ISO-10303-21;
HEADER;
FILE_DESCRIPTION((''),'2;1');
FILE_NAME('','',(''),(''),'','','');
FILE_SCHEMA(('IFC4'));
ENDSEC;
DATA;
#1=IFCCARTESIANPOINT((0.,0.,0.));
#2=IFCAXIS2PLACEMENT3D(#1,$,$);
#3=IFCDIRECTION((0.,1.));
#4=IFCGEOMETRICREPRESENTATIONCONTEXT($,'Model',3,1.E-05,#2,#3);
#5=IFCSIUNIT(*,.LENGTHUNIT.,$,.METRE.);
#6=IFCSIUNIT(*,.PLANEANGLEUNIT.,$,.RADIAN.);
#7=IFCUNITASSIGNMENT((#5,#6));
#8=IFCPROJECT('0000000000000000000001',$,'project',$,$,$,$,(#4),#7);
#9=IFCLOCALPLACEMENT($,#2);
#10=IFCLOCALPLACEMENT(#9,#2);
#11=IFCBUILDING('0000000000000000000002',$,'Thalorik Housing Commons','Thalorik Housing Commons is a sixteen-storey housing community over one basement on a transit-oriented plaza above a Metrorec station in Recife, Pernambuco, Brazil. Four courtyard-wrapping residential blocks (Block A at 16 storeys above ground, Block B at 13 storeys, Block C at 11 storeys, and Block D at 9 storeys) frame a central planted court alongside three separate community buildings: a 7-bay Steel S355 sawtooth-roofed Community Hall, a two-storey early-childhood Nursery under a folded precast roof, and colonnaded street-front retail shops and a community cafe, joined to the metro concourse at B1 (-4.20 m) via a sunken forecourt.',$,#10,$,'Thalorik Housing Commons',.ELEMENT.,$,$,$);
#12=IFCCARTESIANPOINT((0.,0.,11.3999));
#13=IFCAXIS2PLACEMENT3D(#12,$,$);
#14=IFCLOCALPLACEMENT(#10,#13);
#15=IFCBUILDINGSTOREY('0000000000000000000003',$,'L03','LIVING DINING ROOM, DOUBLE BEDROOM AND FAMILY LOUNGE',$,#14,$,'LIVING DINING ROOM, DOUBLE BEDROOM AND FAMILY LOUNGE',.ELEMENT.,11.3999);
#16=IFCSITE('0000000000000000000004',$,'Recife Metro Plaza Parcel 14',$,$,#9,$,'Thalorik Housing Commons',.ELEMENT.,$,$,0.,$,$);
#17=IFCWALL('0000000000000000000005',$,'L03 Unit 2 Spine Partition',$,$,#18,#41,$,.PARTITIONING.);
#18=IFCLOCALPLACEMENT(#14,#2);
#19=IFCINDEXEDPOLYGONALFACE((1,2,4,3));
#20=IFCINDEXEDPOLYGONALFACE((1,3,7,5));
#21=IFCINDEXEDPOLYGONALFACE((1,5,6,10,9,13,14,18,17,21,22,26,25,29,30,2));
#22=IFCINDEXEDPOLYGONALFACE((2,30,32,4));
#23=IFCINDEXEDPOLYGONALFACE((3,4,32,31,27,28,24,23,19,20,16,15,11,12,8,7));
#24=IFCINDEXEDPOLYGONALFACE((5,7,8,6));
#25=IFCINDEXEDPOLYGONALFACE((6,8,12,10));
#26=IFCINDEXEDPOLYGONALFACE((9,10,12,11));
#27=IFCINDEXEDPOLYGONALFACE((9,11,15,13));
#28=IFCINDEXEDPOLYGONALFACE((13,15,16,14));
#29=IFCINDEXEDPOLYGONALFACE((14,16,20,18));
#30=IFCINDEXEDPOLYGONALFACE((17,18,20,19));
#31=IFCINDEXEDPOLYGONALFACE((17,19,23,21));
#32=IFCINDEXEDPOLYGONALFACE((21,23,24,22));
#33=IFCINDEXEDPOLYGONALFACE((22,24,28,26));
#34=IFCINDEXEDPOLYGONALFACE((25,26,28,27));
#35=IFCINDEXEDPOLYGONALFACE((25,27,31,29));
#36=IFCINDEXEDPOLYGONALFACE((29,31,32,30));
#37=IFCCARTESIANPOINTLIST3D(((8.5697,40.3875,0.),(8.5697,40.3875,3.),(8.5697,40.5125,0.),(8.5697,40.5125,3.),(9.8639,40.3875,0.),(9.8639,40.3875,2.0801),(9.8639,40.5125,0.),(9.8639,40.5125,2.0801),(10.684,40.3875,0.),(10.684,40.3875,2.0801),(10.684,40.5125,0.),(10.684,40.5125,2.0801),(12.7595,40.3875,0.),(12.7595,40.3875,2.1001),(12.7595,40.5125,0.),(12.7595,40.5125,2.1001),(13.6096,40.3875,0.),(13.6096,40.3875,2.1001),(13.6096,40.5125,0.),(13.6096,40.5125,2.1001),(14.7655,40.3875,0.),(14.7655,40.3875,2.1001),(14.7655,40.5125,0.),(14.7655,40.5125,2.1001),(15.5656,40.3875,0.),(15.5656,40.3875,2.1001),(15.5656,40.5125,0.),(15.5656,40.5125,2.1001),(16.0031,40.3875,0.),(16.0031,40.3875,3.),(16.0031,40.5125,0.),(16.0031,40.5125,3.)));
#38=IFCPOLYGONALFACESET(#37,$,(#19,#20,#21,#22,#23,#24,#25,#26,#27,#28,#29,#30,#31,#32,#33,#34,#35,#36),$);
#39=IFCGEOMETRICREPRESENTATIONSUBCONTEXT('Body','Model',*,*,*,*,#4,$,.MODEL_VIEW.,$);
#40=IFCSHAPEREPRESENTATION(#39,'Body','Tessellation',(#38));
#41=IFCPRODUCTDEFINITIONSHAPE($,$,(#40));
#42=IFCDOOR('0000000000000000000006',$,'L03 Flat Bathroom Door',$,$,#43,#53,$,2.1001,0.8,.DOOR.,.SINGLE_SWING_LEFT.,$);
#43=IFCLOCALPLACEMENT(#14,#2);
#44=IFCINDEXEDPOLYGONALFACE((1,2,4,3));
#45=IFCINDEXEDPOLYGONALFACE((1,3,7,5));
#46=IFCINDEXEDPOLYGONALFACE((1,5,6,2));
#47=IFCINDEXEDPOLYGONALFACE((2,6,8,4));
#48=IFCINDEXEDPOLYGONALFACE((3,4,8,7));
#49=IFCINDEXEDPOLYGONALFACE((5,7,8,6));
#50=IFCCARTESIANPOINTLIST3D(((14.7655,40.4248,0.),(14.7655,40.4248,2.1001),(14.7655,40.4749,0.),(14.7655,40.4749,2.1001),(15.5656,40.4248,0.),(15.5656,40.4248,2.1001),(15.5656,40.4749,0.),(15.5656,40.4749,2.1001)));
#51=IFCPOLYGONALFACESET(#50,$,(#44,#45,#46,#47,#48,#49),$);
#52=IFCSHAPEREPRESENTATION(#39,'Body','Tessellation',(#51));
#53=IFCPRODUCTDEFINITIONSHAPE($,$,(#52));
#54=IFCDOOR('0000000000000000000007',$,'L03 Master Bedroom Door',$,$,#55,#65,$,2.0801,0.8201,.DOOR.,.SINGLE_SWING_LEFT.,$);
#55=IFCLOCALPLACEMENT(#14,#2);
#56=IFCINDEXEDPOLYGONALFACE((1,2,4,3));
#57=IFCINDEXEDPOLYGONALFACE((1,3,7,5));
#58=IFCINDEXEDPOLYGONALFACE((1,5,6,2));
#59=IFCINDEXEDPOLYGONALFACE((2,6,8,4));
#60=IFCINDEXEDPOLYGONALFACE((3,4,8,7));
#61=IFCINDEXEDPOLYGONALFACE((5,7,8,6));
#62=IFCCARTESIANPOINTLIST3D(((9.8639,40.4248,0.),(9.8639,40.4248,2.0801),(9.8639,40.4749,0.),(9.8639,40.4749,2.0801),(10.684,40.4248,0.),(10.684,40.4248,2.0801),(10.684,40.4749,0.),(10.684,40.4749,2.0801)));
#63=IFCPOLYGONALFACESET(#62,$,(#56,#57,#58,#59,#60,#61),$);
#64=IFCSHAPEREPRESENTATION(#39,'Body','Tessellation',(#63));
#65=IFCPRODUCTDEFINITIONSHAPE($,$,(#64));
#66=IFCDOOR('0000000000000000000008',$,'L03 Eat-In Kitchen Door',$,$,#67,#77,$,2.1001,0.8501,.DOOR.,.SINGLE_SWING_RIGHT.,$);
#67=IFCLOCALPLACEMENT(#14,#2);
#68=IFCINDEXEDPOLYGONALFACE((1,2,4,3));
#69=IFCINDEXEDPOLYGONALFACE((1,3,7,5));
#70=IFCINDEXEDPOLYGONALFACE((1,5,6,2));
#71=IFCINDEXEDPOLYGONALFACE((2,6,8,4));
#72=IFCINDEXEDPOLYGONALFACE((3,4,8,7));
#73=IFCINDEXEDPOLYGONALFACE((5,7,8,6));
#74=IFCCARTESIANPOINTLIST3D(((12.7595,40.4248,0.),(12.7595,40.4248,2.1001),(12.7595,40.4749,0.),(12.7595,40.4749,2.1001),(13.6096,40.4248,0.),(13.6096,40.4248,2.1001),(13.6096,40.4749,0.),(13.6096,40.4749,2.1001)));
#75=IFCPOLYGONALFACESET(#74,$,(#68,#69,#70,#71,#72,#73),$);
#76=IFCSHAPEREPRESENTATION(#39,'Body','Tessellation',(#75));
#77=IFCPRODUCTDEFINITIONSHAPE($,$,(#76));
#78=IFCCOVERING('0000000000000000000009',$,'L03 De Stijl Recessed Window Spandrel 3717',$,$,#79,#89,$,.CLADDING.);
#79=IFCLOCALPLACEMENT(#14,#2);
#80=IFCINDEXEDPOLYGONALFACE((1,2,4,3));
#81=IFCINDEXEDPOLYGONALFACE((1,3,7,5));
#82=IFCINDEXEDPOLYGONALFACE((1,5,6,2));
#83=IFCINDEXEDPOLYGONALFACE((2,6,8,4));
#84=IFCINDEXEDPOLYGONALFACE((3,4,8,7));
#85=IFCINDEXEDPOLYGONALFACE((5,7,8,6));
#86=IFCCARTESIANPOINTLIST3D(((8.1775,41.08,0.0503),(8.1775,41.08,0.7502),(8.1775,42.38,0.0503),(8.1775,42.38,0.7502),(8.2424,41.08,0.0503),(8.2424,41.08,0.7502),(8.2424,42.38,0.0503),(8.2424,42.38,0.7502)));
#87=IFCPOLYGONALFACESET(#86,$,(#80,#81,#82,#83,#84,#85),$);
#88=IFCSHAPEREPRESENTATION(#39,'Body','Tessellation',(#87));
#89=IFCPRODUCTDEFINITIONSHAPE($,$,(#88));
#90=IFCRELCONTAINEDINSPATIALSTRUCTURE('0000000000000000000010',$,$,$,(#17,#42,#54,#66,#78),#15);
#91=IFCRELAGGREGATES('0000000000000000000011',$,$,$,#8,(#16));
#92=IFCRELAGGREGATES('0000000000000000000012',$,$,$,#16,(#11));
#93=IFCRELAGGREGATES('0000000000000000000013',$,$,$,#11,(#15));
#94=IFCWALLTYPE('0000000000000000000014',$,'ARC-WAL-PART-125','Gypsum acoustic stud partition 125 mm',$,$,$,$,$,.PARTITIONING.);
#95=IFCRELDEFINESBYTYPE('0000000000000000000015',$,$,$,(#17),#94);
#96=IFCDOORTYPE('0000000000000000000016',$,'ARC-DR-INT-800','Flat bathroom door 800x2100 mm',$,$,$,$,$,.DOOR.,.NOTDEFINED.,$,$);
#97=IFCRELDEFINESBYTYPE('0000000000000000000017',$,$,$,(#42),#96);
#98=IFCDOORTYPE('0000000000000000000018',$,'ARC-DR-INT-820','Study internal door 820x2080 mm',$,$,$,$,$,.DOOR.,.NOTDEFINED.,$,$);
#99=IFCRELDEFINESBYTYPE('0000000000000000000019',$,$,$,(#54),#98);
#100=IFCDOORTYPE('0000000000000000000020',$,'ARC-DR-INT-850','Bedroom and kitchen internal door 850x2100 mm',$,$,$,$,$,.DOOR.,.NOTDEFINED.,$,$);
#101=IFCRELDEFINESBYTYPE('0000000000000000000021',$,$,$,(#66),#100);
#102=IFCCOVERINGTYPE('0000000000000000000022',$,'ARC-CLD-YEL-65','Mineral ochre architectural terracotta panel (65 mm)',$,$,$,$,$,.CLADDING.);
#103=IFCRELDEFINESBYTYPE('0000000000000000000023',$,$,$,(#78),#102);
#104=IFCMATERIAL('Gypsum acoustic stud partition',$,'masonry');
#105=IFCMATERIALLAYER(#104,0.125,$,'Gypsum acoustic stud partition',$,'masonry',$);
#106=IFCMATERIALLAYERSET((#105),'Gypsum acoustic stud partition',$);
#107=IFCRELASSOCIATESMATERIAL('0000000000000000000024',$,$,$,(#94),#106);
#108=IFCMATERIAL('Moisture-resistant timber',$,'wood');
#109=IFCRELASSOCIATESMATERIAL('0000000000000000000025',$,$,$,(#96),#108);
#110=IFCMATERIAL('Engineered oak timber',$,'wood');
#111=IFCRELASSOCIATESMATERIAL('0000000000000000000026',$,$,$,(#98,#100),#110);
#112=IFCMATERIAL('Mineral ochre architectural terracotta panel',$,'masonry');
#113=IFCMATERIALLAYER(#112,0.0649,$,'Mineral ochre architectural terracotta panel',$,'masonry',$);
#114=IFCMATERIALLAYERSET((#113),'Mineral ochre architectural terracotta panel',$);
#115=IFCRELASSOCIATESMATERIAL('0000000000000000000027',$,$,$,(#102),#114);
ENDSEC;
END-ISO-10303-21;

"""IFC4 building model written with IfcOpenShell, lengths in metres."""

from ifc_helpers import new_model, si_unit, direction, frame, frame_2d, origin, origin_2d, place, context, subcontext, project, spatial, rectangle, extrude, material, layer, layer_set, type_object, element, fill, save


model = new_model("IFC4")

# Units and contexts
model_context = context("Model", 3, precision=1e-05, world=origin(), true_north=direction((0.0, 1.0)))
body_context = subcontext(model_context, "Body", "Model", "MODEL_VIEW")
ifc_project = project(units=[si_unit("LENGTHUNIT", "METRE"), si_unit("PLANEANGLEUNIT", "RADIAN")], contexts=[model_context])

# Site, building, storey
site_placement = place(None, origin())
site = spatial("IfcSite", under=ifc_project, at=site_placement, Name="Recife Metro Plaza Parcel 14", LongName="Thalorik Housing Commons", CompositionType="ELEMENT", RefElevation=0.0)
building_placement = place(site_placement, origin())
building = spatial("IfcBuilding", under=site, at=building_placement, Name="Thalorik Housing Commons", Description="Thalorik Housing Commons is a sixteen-storey housing community over one basement on a transit-oriented plaza above a Metrorec station in Recife, Pernambuco, Brazil. Four courtyard-wrapping residential blocks (Block A at 16 storeys above ground, Block B at 13 storeys, Block C at 11 storeys, and Block D at 9 storeys) frame a central planted court alongside three separate community buildings: a 7-bay Steel S355 sawtooth-roofed Community Hall, a two-storey early-childhood Nursery under a folded precast roof, and colonnaded street-front retail shops and a community cafe, joined to the metro concourse at B1 (-4.20 m) via a sunken forecourt.", LongName="Thalorik Housing Commons", CompositionType="ELEMENT")
storey_placement = place(building_placement, frame((0.0, 0.0, 11.3999)))
storey = spatial("IfcBuildingStorey", under=building, at=storey_placement, Name="L03", Description="LIVING DINING ROOM, DOUBLE BEDROOM AND FAMILY LOUNGE", LongName="LIVING DINING ROOM, DOUBLE BEDROOM AND FAMILY LOUNGE", CompositionType="ELEMENT", Elevation=11.3999)

# Wall, openings, doors
ifc_material_1 = material(Name="Gypsum acoustic stud partition", Category="masonry")
ifc_layer_1 = layer(ifc_material_1, 0.125, Name="Gypsum acoustic stud partition", Category="masonry")
ifc_layer_set_1 = layer_set([ifc_layer_1], Name="Gypsum acoustic stud partition")
wall_type_1 = type_object("IfcWallType", Name="ARC-WAL-PART-125", Description="Gypsum acoustic stud partition 125 mm", PredefinedType="PARTITIONING", material=ifc_layer_set_1)
wall_1_placement = place(storey_placement, frame((8.5696, 40.45, 0.0), z_axis=(0.0, 0.0, 1.0), x_axis=(1.0, 0.0, 0.0)))
wall_1 = element("IfcWall", 1, at=wall_1_placement, inside=storey, type_object=wall_type_1, Name="L03 Unit 2 Spine Partition", PredefinedType="PARTITIONING", context=body_context, shape_type="SweptSolid", body=[
    extrude(rectangle(XDim=7.4333, YDim=0.125, at=frame_2d((3.7168, 0.0))), origin(), (0.0, 0.0, 1.0), 3.0),
])
opening_1_placement = place(wall_1_placement, frame((1.2942, 0.0, 0.0)))
opening_1 = element("IfcOpeningElement", 2, at=opening_1_placement, cuts=wall_1, PredefinedType="OPENING", context=body_context, shape_type="SweptSolid", body=[
    extrude(rectangle(XDim=0.8201, YDim=2.0801, at=frame_2d((0.4102, 1.04))), frame((0.0, 0.0725, 0.0), z_axis=(0.0, -1.0, 0.0), x_axis=(1.0, 0.0, 0.0)), (0.0, 0.0, 1.0), 0.145),
])
opening_2_placement = place(wall_1_placement, frame((4.1899, 0.0, 0.0)))
opening_2 = element("IfcOpeningElement", 3, at=opening_2_placement, cuts=wall_1, PredefinedType="OPENING", context=body_context, shape_type="SweptSolid", body=[
    extrude(rectangle(XDim=0.8501, YDim=2.1001, at=frame_2d((0.425, 1.05))), frame((0.0, 0.0725, 0.0), z_axis=(0.0, -1.0, 0.0), x_axis=(1.0, 0.0, 0.0)), (0.0, 0.0, 1.0), 0.145),
])
opening_3_placement = place(wall_1_placement, frame((6.196, 0.0, 0.0)))
opening_3 = element("IfcOpeningElement", 4, at=opening_3_placement, cuts=wall_1, PredefinedType="OPENING", context=body_context, shape_type="SweptSolid", body=[
    extrude(rectangle(XDim=0.8, YDim=2.1001, at=frame_2d((0.3999, 1.05))), frame((0.0, 0.0725, 0.0), z_axis=(0.0, -1.0, 0.0), x_axis=(1.0, 0.0, 0.0)), (0.0, 0.0, 1.0), 0.145),
])
ifc_material_2 = material(Name="Moisture-resistant timber", Category="wood")
door_type_1 = type_object("IfcDoorType", Name="ARC-DR-INT-800", Description="Flat bathroom door 800x2100 mm", OperationType="NOTDEFINED", PredefinedType="DOOR", material=ifc_material_2)
door_1_placement = place(opening_3_placement, origin())
door_1 = element("IfcDoor", 5, at=door_1_placement, inside=storey, type_object=door_type_1, Name="L03 Flat Bathroom Door", OperationType="SINGLE_SWING_LEFT", OverallHeight=2.1001, OverallWidth=0.8, PredefinedType="DOOR", context=body_context, shape_type="SweptSolid", body=[
    extrude(rectangle(XDim=0.8, YDim=2.1001, at=frame_2d((0.3999, 1.05))), frame((0.0, 0.0249, 0.0), z_axis=(0.0, -1.0, 0.0), x_axis=(1.0, 0.0, 0.0)), (0.0, 0.0, 1.0), 0.05),
])
fill(opening_3, door_1)
ifc_material_3 = material(Name="Engineered oak timber", Category="wood")
door_type_2 = type_object("IfcDoorType", Name="ARC-DR-INT-820", Description="Study internal door 820x2080 mm", OperationType="NOTDEFINED", PredefinedType="DOOR", material=ifc_material_3)
door_2_placement = place(opening_1_placement, origin())
door_2 = element("IfcDoor", 6, at=door_2_placement, inside=storey, type_object=door_type_2, Name="L03 Master Bedroom Door", OperationType="SINGLE_SWING_LEFT", OverallHeight=2.0801, OverallWidth=0.8201, PredefinedType="DOOR", context=body_context, shape_type="SweptSolid", body=[
    extrude(rectangle(XDim=0.8201, YDim=2.0801, at=frame_2d((0.4102, 1.04))), frame((0.0, 0.0249, 0.0), z_axis=(0.0, -1.0, 0.0), x_axis=(1.0, 0.0, 0.0)), (0.0, 0.0, 1.0), 0.05),
])
fill(opening_1, door_2)
door_type_3 = type_object("IfcDoorType", Name="ARC-DR-INT-850", Description="Bedroom and kitchen internal door 850x2100 mm", OperationType="NOTDEFINED", PredefinedType="DOOR", material=ifc_material_3)
door_3_placement = place(opening_2_placement, origin())
door_3 = element("IfcDoor", 7, at=door_3_placement, inside=storey, type_object=door_type_3, Name="L03 Eat-In Kitchen Door", OperationType="SINGLE_SWING_RIGHT", OverallHeight=2.1001, OverallWidth=0.8501, PredefinedType="DOOR", context=body_context, shape_type="SweptSolid", body=[
    extrude(rectangle(XDim=0.8501, YDim=2.1001, at=frame_2d((0.425, 1.05))), frame((0.0, 0.0249, 0.0), z_axis=(0.0, -1.0, 0.0), x_axis=(1.0, 0.0, 0.0)), (0.0, 0.0, 1.0), 0.05),
])
fill(opening_2, door_3)

# Covering
ifc_material_4 = material(Name="Mineral ochre architectural terracotta panel", Category="masonry")
ifc_layer_2 = layer(ifc_material_4, 0.0649, Name="Mineral ochre architectural terracotta panel", Category="masonry")
ifc_layer_set_2 = layer_set([ifc_layer_2], Name="Mineral ochre architectural terracotta panel")
covering_type_1 = type_object("IfcCoveringType", Name="ARC-CLD-YEL-65", Description="Mineral ochre architectural terracotta panel (65 mm)", PredefinedType="CLADDING", material=ifc_layer_set_2)
covering_1_placement = place(storey_placement, frame((8.21, 41.73, 0.0503), z_axis=(0.0, 0.0, 1.0), x_axis=(0.0, -1.0, 0.0)))
element("IfcCovering", 8, at=covering_1_placement, inside=storey, type_object=covering_type_1, Name="L03 De Stijl Recessed Window Spandrel 3717", PredefinedType="CLADDING", context=body_context, shape_type="SweptSolid", body=[
    extrude(rectangle(XDim=1.3, YDim=0.0649, at=origin_2d()), origin(), (0.0, 0.0, 1.0), 0.7),
])

save(model, "model.ifc")
